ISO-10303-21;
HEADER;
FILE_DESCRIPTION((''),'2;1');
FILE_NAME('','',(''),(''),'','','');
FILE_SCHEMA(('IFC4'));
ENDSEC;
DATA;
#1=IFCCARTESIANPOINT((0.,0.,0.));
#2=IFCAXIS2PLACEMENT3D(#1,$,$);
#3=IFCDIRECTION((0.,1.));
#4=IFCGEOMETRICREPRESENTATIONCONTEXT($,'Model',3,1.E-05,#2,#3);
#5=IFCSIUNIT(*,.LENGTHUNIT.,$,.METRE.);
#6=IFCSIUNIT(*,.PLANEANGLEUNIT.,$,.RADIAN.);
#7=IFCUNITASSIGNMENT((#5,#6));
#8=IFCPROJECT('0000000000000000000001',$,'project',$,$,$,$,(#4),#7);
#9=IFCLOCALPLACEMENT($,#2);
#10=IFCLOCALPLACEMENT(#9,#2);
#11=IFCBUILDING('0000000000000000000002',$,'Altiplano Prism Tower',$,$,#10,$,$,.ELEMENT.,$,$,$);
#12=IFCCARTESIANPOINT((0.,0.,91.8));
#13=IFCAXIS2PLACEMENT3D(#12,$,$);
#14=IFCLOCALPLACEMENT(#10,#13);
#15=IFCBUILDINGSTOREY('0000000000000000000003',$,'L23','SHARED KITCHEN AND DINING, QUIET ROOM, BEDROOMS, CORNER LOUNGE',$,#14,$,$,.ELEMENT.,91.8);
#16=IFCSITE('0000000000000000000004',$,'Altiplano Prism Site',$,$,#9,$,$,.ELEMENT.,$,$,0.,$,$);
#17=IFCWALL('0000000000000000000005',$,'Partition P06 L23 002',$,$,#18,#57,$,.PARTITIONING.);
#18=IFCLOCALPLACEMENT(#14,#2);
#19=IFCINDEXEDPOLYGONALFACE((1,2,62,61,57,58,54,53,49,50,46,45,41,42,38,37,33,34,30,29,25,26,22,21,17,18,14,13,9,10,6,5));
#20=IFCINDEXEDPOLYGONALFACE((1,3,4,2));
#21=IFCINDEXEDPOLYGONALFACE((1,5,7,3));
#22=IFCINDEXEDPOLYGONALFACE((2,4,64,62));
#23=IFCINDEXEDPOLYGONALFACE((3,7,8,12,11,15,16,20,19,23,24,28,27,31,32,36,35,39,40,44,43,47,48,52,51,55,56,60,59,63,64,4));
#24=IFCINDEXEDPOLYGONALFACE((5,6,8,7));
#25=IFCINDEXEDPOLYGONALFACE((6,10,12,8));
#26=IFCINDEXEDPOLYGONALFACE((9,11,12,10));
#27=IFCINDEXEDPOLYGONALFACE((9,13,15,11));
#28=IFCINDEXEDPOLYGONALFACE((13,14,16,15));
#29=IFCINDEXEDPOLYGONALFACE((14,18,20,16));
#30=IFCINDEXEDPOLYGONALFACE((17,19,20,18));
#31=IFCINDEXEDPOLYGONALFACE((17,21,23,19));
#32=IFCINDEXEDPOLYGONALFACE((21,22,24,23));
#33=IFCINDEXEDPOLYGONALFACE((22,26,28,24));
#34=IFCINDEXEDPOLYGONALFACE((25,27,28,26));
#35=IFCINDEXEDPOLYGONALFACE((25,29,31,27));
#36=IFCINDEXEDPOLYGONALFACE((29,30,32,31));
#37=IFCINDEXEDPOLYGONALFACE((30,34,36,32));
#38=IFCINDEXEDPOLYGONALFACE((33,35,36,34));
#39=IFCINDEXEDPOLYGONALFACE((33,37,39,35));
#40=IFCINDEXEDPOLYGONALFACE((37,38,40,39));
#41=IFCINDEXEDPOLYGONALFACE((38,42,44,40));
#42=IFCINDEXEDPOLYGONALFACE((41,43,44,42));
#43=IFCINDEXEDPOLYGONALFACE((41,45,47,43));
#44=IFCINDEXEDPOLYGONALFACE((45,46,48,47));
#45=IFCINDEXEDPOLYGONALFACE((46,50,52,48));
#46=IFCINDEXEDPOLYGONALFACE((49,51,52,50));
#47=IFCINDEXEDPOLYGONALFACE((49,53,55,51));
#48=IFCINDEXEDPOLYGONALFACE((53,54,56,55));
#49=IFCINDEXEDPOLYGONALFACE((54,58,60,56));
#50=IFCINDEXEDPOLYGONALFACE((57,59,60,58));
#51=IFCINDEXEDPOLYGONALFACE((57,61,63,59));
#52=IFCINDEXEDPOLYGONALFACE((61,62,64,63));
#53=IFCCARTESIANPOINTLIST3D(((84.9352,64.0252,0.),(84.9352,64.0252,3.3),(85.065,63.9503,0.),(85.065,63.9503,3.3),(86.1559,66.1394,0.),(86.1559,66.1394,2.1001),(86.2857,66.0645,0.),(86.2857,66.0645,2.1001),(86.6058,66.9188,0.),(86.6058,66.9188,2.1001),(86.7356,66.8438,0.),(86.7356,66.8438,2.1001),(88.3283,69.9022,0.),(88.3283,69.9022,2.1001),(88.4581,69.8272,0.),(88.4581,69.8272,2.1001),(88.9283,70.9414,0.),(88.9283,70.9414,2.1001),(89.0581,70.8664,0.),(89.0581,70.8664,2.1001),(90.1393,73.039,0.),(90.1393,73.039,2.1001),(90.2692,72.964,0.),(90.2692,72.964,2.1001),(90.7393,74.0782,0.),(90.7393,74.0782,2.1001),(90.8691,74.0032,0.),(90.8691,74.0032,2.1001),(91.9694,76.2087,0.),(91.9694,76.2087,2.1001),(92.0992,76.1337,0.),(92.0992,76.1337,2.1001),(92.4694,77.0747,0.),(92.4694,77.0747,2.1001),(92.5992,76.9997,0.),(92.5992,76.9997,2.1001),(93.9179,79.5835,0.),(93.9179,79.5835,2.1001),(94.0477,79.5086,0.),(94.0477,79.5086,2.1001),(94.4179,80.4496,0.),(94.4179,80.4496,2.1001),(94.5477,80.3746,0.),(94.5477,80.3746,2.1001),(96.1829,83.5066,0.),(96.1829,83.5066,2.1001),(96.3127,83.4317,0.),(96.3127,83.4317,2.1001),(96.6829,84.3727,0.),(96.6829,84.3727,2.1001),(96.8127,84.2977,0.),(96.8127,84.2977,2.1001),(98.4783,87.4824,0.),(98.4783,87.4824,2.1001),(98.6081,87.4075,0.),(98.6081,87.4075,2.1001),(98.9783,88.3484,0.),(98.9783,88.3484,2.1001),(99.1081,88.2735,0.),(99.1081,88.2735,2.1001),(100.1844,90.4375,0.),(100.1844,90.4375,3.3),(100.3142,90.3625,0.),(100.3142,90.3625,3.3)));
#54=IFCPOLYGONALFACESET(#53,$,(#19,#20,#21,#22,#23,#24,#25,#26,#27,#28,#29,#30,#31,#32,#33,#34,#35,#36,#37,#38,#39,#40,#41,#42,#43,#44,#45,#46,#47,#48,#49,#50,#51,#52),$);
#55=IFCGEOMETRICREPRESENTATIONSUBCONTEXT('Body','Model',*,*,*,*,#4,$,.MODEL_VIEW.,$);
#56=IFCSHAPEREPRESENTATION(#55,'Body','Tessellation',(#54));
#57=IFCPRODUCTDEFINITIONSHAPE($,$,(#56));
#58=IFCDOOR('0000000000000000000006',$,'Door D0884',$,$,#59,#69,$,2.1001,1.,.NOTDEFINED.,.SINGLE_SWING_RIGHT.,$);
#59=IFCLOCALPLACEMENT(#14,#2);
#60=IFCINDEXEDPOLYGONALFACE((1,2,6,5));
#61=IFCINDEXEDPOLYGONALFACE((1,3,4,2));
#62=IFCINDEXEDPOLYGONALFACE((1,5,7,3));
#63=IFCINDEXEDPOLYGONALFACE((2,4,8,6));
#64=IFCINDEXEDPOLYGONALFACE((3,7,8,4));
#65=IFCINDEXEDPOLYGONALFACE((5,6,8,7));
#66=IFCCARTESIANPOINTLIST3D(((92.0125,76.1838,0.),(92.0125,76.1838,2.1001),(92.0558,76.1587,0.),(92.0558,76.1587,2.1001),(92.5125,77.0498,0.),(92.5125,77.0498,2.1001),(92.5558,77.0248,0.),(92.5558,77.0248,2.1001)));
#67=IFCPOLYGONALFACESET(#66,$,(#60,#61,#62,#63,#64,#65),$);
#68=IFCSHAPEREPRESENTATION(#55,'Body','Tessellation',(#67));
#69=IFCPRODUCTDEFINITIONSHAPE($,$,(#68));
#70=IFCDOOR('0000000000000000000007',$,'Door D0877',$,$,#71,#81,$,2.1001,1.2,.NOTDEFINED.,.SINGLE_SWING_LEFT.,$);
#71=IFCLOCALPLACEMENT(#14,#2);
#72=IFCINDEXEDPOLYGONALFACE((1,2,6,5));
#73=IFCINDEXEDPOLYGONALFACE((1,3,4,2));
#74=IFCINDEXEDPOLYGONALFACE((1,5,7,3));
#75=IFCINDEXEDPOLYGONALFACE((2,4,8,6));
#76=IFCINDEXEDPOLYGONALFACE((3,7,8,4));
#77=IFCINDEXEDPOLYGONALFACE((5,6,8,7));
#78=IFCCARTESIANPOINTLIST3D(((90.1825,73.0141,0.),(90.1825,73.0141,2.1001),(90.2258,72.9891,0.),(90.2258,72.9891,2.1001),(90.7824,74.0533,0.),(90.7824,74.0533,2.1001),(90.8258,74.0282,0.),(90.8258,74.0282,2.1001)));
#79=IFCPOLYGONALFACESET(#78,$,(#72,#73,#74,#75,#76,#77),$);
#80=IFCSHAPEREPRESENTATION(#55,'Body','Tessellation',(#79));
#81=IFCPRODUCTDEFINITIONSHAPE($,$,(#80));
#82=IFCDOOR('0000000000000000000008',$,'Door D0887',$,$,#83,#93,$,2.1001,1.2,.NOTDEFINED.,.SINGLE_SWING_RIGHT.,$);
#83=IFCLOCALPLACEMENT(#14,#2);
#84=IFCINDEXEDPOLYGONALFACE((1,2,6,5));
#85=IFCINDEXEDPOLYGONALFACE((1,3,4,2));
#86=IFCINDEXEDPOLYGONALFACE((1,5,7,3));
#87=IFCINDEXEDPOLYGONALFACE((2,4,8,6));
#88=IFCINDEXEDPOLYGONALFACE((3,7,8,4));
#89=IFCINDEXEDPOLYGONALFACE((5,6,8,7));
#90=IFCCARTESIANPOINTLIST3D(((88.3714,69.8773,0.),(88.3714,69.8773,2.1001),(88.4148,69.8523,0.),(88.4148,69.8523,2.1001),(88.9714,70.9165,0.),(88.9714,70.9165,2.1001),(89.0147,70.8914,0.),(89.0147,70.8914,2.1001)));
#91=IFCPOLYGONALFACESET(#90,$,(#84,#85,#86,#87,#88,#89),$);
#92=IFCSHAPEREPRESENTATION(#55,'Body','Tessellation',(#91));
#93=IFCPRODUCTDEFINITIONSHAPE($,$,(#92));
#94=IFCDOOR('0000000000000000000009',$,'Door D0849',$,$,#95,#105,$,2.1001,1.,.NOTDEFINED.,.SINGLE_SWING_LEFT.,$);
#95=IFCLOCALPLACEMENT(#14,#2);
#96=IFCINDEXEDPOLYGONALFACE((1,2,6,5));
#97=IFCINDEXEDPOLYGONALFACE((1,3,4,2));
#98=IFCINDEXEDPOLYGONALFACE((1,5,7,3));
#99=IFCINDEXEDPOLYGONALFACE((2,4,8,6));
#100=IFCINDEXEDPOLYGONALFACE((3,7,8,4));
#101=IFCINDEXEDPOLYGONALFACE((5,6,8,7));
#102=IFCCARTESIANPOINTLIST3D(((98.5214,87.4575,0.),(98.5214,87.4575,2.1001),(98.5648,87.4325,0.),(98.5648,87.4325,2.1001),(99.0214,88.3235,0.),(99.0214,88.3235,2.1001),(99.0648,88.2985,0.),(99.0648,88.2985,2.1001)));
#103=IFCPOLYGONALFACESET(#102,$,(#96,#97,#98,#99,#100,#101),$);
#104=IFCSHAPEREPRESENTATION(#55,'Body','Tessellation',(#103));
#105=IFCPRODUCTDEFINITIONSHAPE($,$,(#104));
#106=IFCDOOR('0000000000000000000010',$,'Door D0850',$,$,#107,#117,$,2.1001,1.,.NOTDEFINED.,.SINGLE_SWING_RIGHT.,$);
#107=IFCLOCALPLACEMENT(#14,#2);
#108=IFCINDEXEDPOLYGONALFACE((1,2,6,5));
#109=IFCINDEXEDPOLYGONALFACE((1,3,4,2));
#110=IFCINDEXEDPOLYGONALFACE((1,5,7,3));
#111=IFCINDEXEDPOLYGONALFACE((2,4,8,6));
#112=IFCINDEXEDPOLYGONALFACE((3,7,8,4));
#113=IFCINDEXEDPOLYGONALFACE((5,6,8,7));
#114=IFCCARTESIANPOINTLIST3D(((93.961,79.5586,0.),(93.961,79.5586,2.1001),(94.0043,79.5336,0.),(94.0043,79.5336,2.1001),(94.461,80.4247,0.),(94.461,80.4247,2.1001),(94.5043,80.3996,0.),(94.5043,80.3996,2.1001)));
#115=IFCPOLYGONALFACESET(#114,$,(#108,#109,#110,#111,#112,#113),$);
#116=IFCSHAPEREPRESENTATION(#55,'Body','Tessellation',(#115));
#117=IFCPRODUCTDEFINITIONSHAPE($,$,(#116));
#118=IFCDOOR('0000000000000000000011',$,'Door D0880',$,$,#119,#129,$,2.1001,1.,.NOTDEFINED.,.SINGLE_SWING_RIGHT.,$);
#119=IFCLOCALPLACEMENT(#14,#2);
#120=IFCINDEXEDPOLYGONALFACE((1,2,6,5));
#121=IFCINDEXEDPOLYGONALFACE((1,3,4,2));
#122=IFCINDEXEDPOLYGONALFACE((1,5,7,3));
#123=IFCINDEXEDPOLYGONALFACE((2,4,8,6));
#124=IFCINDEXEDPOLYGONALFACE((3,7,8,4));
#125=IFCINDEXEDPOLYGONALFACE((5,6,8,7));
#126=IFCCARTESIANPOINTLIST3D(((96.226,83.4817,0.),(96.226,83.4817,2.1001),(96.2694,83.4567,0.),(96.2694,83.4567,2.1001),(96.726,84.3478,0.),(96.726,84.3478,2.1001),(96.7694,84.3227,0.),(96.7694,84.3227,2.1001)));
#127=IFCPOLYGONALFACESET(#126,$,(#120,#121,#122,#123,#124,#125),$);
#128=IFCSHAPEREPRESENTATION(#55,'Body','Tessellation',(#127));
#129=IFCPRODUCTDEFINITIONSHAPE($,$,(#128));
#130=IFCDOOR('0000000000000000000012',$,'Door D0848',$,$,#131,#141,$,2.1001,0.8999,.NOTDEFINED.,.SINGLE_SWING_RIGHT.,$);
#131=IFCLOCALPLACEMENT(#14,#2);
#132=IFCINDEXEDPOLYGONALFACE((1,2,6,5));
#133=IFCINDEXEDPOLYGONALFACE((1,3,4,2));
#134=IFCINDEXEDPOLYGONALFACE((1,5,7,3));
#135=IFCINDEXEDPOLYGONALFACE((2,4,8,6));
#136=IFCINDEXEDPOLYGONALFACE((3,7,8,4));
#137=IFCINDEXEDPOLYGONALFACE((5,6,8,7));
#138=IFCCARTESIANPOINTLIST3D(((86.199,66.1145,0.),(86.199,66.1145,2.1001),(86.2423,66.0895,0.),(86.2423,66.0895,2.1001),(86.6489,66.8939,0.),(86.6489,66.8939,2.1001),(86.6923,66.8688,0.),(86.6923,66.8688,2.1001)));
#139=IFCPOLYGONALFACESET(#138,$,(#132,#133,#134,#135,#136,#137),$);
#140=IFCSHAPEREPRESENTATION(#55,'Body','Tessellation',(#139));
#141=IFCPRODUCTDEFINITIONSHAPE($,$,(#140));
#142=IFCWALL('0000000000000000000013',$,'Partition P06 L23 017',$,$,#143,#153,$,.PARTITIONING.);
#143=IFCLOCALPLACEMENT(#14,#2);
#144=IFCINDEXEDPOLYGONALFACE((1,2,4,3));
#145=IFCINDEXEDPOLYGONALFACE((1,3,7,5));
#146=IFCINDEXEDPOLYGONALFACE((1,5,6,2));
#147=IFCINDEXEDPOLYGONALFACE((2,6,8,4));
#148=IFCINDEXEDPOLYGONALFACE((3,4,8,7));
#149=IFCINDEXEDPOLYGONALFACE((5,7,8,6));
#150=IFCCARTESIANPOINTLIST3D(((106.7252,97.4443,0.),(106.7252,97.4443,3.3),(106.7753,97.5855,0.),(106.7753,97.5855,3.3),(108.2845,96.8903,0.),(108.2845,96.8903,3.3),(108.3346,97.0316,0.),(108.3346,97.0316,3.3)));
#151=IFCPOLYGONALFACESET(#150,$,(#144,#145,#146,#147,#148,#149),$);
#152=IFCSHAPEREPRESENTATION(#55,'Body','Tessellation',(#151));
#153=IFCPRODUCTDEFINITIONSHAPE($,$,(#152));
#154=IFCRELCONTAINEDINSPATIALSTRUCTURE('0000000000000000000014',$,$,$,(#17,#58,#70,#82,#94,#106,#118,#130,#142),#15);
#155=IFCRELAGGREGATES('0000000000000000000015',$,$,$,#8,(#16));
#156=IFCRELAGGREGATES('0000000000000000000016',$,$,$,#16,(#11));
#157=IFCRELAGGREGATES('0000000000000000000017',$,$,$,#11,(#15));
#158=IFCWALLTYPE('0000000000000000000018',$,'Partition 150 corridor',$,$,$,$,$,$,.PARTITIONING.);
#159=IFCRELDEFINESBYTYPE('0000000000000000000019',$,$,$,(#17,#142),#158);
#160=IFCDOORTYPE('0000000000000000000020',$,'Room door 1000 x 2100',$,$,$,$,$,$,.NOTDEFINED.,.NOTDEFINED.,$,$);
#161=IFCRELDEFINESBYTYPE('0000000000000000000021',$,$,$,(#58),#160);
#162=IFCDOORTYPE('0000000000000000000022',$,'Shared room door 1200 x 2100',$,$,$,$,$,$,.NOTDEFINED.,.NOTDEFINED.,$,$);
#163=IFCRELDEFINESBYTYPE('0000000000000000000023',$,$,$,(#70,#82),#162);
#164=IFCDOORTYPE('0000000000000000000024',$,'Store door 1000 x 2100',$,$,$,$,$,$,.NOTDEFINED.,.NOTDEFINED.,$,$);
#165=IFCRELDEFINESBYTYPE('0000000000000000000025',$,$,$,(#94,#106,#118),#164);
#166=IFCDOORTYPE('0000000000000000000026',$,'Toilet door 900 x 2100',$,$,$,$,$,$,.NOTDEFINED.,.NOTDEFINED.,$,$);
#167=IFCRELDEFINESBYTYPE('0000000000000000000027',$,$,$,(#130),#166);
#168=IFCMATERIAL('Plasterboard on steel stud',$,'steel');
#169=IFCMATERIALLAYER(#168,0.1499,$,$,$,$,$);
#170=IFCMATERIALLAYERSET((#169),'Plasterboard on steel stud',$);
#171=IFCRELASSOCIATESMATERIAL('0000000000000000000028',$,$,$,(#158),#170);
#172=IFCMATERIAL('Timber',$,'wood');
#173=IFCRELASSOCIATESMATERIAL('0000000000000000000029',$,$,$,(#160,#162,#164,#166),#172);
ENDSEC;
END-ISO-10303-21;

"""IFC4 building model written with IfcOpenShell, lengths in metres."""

from ifc_helpers import new_model, si_unit, direction, frame, frame_2d, origin, place, context, subcontext, project, spatial, rectangle, extrude, material, layer, layer_set, type_object, element, fill, save


model = new_model("IFC4")

# Units and contexts
model_context = context("Model", 3, precision=1e-05, world=origin(), true_north=direction((0.0, 1.0)))
body_context = subcontext(model_context, "Body", "Model", "MODEL_VIEW")
ifc_project = project(units=[si_unit("LENGTHUNIT", "METRE"), si_unit("PLANEANGLEUNIT", "RADIAN")], contexts=[model_context])

# Site, building, storey
site_placement = place(None, origin())
site = spatial("IfcSite", under=ifc_project, at=site_placement, Name="Altiplano Prism Site", CompositionType="ELEMENT", RefElevation=0.0)
building_placement = place(site_placement, origin())
building = spatial("IfcBuilding", under=site, at=building_placement, Name="Altiplano Prism Tower", CompositionType="ELEMENT")
storey_placement = place(building_placement, frame((0.0, 0.0, 91.8)))
storey = spatial("IfcBuildingStorey", under=building, at=storey_placement, Name="L23", Description="SHARED KITCHEN AND DINING, QUIET ROOM, BEDROOMS, CORNER LOUNGE", CompositionType="ELEMENT", Elevation=91.8)

# Shared definitions
ifc_material_1 = material(Name="Plasterboard on steel stud", Category="steel")

# Wall, openings, doors
ifc_layer_1 = layer(ifc_material_1, 0.1499)
ifc_layer_set_1 = layer_set([ifc_layer_1], Name="Plasterboard on steel stud")
wall_type_1 = type_object("IfcWallType", Name="Partition 150 corridor", PredefinedType="PARTITIONING", material=ifc_layer_set_1)
wall_1_placement = place(storey_placement, frame((100.2493, 90.3999, 0.0), z_axis=(0.0, 0.0, 1.0), x_axis=(-0.500002, -0.866024, 0.0)))
wall_1 = element("IfcWall", 1, at=wall_1_placement, inside=storey, type_object=wall_type_1, Name="Partition P06 L23 002", PredefinedType="PARTITIONING", context=body_context, shape_type="SweptSolid", body=[
    extrude(rectangle(XDim=30.4983, YDim=0.1499, at=frame_2d((15.249, 0.0))), origin(), (0.0, 0.0, 1.0), 3.3),
])
opening_1_placement = place(wall_1_placement, frame((27.157, 0.0, 0.0)))
opening_1 = element("IfcOpeningElement", 2, at=opening_1_placement, cuts=wall_1, PredefinedType="OPENING", context=body_context, shape_type="SweptSolid", body=[
    extrude(rectangle(XDim=0.8999, YDim=2.1001, at=frame_2d((0.45, 1.05))), frame((0.0, 0.0854, 0.0), z_axis=(0.0, -1.0, 0.0), x_axis=(1.0, 0.0, 0.0)), (0.0, 0.0, 1.0), 0.1709),
])
opening_2_placement = place(wall_1_placement, frame((2.4121, 0.0, 0.0)))
opening_2 = element("IfcOpeningElement", 3, at=opening_2_placement, cuts=wall_1, PredefinedType="OPENING", context=body_context, shape_type="SweptSolid", body=[
    extrude(rectangle(XDim=1.0, YDim=2.1001, at=frame_2d((0.5, 1.05))), frame((0.0, 0.0854, 0.0), z_axis=(0.0, -1.0, 0.0), x_axis=(1.0, 0.0, 0.0)), (0.0, 0.0, 1.0), 0.1709),
])
opening_3_placement = place(wall_1_placement, frame((11.533, 0.0, 0.0)))
opening_3 = element("IfcOpeningElement", 4, at=opening_3_placement, cuts=wall_1, PredefinedType="OPENING", context=body_context, shape_type="SweptSolid", body=[
    extrude(rectangle(XDim=1.0, YDim=2.1001, at=frame_2d((0.5, 1.05))), frame((0.0, 0.0854, 0.0), z_axis=(0.0, -1.0, 0.0), x_axis=(1.0, 0.0, 0.0)), (0.0, 0.0, 1.0), 0.1709),
])
opening_4_placement = place(wall_1_placement, frame((18.8899, 0.0, 0.0)))
opening_4 = element("IfcOpeningElement", 5, at=opening_4_placement, cuts=wall_1, PredefinedType="OPENING", context=body_context, shape_type="SweptSolid", body=[
    extrude(rectangle(XDim=1.2, YDim=2.1001, at=frame_2d((0.6001, 1.05))), frame((0.0, 0.0854, 0.0), z_axis=(0.0, -1.0, 0.0), x_axis=(1.0, 0.0, 0.0)), (0.0, 0.0, 1.0), 0.1709),
])
opening_5_placement = place(wall_1_placement, frame((7.0029, 0.0, 0.0)))
opening_5 = element("IfcOpeningElement", 6, at=opening_5_placement, cuts=wall_1, PredefinedType="OPENING", context=body_context, shape_type="SweptSolid", body=[
    extrude(rectangle(XDim=1.0, YDim=2.1001, at=frame_2d((0.5, 1.05))), frame((0.0, 0.0854, 0.0), z_axis=(0.0, -1.0, 0.0), x_axis=(1.0, 0.0, 0.0)), (0.0, 0.0, 1.0), 0.1709),
])
opening_6_placement = place(wall_1_placement, frame((15.4299, 0.0, 0.0)))
opening_6 = element("IfcOpeningElement", 7, at=opening_6_placement, cuts=wall_1, PredefinedType="OPENING", context=body_context, shape_type="SweptSolid", body=[
    extrude(rectangle(XDim=1.0, YDim=2.1001, at=frame_2d((0.5, 1.05))), frame((0.0, 0.0854, 0.0), z_axis=(0.0, -1.0, 0.0), x_axis=(1.0, 0.0, 0.0)), (0.0, 0.0, 1.0), 0.1709),
])
opening_7_placement = place(wall_1_placement, frame((22.512, 0.0, 0.0)))
opening_7 = element("IfcOpeningElement", 8, at=opening_7_placement, cuts=wall_1, PredefinedType="OPENING", context=body_context, shape_type="SweptSolid", body=[
    extrude(rectangle(XDim=1.2, YDim=2.1001, at=frame_2d((0.6001, 1.05))), frame((0.0, 0.0854, 0.0), z_axis=(0.0, -1.0, 0.0), x_axis=(1.0, 0.0, 0.0)), (0.0, 0.0, 1.0), 0.1709),
])
ifc_material_2 = material(Name="Timber", Category="wood")
door_type_1 = type_object("IfcDoorType", Name="Room door 1000 x 2100", OperationType="NOTDEFINED", PredefinedType="NOTDEFINED", material=ifc_material_2)
door_1_placement = place(opening_6_placement, origin())
door_1 = element("IfcDoor", 9, at=door_1_placement, inside=storey, type_object=door_type_1, Name="Door D0884", OperationType="SINGLE_SWING_RIGHT", OverallHeight=2.1001, OverallWidth=1.0, PredefinedType="NOTDEFINED", context=body_context, shape_type="SweptSolid", body=[
    extrude(rectangle(XDim=1.0, YDim=2.1001, at=frame_2d((0.5, 1.05))), frame((0.0, 0.0249, 0.0), z_axis=(0.0, -1.0, 0.0), x_axis=(1.0, 0.0, 0.0)), (0.0, 0.0, 1.0), 0.05),
])
fill(opening_6, door_1)
door_type_2 = type_object("IfcDoorType", Name="Shared room door 1200 x 2100", OperationType="NOTDEFINED", PredefinedType="NOTDEFINED", material=ifc_material_2)
door_2_placement = place(opening_4_placement, origin())
door_2 = element("IfcDoor", 10, at=door_2_placement, inside=storey, type_object=door_type_2, Name="Door D0877", OperationType="SINGLE_SWING_LEFT", OverallHeight=2.1001, OverallWidth=1.2, PredefinedType="NOTDEFINED", context=body_context, shape_type="SweptSolid", body=[
    extrude(rectangle(XDim=1.2, YDim=2.1001, at=frame_2d((0.6001, 1.05))), frame((0.0, 0.0249, 0.0), z_axis=(0.0, -1.0, 0.0), x_axis=(1.0, 0.0, 0.0)), (0.0, 0.0, 1.0), 0.05),
])
fill(opening_4, door_2)
door_3_placement = place(opening_7_placement, origin())
door_3 = element("IfcDoor", 11, at=door_3_placement, inside=storey, type_object=door_type_2, Name="Door D0887", OperationType="SINGLE_SWING_RIGHT", OverallHeight=2.1001, OverallWidth=1.2, PredefinedType="NOTDEFINED", context=body_context, shape_type="SweptSolid", body=[
    extrude(rectangle(XDim=1.2, YDim=2.1001, at=frame_2d((0.6001, 1.05))), frame((0.0, 0.0249, 0.0), z_axis=(0.0, -1.0, 0.0), x_axis=(1.0, 0.0, 0.0)), (0.0, 0.0, 1.0), 0.05),
])
fill(opening_7, door_3)
door_type_3 = type_object("IfcDoorType", Name="Store door 1000 x 2100", OperationType="NOTDEFINED", PredefinedType="NOTDEFINED", material=ifc_material_2)
door_4_placement = place(opening_2_placement, origin())
door_4 = element("IfcDoor", 12, at=door_4_placement, inside=storey, type_object=door_type_3, Name="Door D0849", OperationType="SINGLE_SWING_LEFT", OverallHeight=2.1001, OverallWidth=1.0, PredefinedType="NOTDEFINED", context=body_context, shape_type="SweptSolid", body=[
    extrude(rectangle(XDim=1.0, YDim=2.1001, at=frame_2d((0.5, 1.05))), frame((0.0, 0.0249, 0.0), z_axis=(0.0, -1.0, 0.0), x_axis=(1.0, 0.0, 0.0)), (0.0, 0.0, 1.0), 0.05),
])
fill(opening_2, door_4)
door_5_placement = place(opening_3_placement, origin())
door_5 = element("IfcDoor", 13, at=door_5_placement, inside=storey, type_object=door_type_3, Name="Door D0850", OperationType="SINGLE_SWING_RIGHT", OverallHeight=2.1001, OverallWidth=1.0, PredefinedType="NOTDEFINED", context=body_context, shape_type="SweptSolid", body=[
    extrude(rectangle(XDim=1.0, YDim=2.1001, at=frame_2d((0.5, 1.05))), frame((0.0, 0.0249, 0.0), z_axis=(0.0, -1.0, 0.0), x_axis=(1.0, 0.0, 0.0)), (0.0, 0.0, 1.0), 0.05),
])
fill(opening_3, door_5)
door_6_placement = place(opening_5_placement, origin())
door_6 = element("IfcDoor", 14, at=door_6_placement, inside=storey, type_object=door_type_3, Name="Door D0880", OperationType="SINGLE_SWING_RIGHT", OverallHeight=2.1001, OverallWidth=1.0, PredefinedType="NOTDEFINED", context=body_context, shape_type="SweptSolid", body=[
    extrude(rectangle(XDim=1.0, YDim=2.1001, at=frame_2d((0.5, 1.05))), frame((0.0, 0.0249, 0.0), z_axis=(0.0, -1.0, 0.0), x_axis=(1.0, 0.0, 0.0)), (0.0, 0.0, 1.0), 0.05),
])
fill(opening_5, door_6)
door_type_4 = type_object("IfcDoorType", Name="Toilet door 900 x 2100", OperationType="NOTDEFINED", PredefinedType="NOTDEFINED", material=ifc_material_2)
door_7_placement = place(opening_1_placement, origin())
door_7 = element("IfcDoor", 15, at=door_7_placement, inside=storey, type_object=door_type_4, Name="Door D0848", OperationType="SINGLE_SWING_RIGHT", OverallHeight=2.1001, OverallWidth=0.8999, PredefinedType="NOTDEFINED", context=body_context, shape_type="SweptSolid", body=[
    extrude(rectangle(XDim=0.8999, YDim=2.1001, at=frame_2d((0.45, 1.05))), frame((0.0, 0.0249, 0.0), z_axis=(0.0, -1.0, 0.0), x_axis=(1.0, 0.0, 0.0)), (0.0, 0.0, 1.0), 0.05),
])
fill(opening_1, door_7)

# Wall
wall_2_placement = place(storey_placement, frame((106.7502, 97.5149, 0.0), z_axis=(0.0, 0.0, 1.0), x_axis=(0.942305, -0.334756, 0.0)))
element("IfcWall", 16, at=wall_2_placement, inside=storey, type_object=wall_type_1, Name="Partition P06 L23 017", PredefinedType="PARTITIONING", context=body_context, shape_type="SweptSolid", body=[
    extrude(rectangle(XDim=1.6548, YDim=0.1499, at=frame_2d((0.8274, 0.0))), origin(), (0.0, 0.0, 1.0), 3.3),
])

save(model, "model.ifc")
